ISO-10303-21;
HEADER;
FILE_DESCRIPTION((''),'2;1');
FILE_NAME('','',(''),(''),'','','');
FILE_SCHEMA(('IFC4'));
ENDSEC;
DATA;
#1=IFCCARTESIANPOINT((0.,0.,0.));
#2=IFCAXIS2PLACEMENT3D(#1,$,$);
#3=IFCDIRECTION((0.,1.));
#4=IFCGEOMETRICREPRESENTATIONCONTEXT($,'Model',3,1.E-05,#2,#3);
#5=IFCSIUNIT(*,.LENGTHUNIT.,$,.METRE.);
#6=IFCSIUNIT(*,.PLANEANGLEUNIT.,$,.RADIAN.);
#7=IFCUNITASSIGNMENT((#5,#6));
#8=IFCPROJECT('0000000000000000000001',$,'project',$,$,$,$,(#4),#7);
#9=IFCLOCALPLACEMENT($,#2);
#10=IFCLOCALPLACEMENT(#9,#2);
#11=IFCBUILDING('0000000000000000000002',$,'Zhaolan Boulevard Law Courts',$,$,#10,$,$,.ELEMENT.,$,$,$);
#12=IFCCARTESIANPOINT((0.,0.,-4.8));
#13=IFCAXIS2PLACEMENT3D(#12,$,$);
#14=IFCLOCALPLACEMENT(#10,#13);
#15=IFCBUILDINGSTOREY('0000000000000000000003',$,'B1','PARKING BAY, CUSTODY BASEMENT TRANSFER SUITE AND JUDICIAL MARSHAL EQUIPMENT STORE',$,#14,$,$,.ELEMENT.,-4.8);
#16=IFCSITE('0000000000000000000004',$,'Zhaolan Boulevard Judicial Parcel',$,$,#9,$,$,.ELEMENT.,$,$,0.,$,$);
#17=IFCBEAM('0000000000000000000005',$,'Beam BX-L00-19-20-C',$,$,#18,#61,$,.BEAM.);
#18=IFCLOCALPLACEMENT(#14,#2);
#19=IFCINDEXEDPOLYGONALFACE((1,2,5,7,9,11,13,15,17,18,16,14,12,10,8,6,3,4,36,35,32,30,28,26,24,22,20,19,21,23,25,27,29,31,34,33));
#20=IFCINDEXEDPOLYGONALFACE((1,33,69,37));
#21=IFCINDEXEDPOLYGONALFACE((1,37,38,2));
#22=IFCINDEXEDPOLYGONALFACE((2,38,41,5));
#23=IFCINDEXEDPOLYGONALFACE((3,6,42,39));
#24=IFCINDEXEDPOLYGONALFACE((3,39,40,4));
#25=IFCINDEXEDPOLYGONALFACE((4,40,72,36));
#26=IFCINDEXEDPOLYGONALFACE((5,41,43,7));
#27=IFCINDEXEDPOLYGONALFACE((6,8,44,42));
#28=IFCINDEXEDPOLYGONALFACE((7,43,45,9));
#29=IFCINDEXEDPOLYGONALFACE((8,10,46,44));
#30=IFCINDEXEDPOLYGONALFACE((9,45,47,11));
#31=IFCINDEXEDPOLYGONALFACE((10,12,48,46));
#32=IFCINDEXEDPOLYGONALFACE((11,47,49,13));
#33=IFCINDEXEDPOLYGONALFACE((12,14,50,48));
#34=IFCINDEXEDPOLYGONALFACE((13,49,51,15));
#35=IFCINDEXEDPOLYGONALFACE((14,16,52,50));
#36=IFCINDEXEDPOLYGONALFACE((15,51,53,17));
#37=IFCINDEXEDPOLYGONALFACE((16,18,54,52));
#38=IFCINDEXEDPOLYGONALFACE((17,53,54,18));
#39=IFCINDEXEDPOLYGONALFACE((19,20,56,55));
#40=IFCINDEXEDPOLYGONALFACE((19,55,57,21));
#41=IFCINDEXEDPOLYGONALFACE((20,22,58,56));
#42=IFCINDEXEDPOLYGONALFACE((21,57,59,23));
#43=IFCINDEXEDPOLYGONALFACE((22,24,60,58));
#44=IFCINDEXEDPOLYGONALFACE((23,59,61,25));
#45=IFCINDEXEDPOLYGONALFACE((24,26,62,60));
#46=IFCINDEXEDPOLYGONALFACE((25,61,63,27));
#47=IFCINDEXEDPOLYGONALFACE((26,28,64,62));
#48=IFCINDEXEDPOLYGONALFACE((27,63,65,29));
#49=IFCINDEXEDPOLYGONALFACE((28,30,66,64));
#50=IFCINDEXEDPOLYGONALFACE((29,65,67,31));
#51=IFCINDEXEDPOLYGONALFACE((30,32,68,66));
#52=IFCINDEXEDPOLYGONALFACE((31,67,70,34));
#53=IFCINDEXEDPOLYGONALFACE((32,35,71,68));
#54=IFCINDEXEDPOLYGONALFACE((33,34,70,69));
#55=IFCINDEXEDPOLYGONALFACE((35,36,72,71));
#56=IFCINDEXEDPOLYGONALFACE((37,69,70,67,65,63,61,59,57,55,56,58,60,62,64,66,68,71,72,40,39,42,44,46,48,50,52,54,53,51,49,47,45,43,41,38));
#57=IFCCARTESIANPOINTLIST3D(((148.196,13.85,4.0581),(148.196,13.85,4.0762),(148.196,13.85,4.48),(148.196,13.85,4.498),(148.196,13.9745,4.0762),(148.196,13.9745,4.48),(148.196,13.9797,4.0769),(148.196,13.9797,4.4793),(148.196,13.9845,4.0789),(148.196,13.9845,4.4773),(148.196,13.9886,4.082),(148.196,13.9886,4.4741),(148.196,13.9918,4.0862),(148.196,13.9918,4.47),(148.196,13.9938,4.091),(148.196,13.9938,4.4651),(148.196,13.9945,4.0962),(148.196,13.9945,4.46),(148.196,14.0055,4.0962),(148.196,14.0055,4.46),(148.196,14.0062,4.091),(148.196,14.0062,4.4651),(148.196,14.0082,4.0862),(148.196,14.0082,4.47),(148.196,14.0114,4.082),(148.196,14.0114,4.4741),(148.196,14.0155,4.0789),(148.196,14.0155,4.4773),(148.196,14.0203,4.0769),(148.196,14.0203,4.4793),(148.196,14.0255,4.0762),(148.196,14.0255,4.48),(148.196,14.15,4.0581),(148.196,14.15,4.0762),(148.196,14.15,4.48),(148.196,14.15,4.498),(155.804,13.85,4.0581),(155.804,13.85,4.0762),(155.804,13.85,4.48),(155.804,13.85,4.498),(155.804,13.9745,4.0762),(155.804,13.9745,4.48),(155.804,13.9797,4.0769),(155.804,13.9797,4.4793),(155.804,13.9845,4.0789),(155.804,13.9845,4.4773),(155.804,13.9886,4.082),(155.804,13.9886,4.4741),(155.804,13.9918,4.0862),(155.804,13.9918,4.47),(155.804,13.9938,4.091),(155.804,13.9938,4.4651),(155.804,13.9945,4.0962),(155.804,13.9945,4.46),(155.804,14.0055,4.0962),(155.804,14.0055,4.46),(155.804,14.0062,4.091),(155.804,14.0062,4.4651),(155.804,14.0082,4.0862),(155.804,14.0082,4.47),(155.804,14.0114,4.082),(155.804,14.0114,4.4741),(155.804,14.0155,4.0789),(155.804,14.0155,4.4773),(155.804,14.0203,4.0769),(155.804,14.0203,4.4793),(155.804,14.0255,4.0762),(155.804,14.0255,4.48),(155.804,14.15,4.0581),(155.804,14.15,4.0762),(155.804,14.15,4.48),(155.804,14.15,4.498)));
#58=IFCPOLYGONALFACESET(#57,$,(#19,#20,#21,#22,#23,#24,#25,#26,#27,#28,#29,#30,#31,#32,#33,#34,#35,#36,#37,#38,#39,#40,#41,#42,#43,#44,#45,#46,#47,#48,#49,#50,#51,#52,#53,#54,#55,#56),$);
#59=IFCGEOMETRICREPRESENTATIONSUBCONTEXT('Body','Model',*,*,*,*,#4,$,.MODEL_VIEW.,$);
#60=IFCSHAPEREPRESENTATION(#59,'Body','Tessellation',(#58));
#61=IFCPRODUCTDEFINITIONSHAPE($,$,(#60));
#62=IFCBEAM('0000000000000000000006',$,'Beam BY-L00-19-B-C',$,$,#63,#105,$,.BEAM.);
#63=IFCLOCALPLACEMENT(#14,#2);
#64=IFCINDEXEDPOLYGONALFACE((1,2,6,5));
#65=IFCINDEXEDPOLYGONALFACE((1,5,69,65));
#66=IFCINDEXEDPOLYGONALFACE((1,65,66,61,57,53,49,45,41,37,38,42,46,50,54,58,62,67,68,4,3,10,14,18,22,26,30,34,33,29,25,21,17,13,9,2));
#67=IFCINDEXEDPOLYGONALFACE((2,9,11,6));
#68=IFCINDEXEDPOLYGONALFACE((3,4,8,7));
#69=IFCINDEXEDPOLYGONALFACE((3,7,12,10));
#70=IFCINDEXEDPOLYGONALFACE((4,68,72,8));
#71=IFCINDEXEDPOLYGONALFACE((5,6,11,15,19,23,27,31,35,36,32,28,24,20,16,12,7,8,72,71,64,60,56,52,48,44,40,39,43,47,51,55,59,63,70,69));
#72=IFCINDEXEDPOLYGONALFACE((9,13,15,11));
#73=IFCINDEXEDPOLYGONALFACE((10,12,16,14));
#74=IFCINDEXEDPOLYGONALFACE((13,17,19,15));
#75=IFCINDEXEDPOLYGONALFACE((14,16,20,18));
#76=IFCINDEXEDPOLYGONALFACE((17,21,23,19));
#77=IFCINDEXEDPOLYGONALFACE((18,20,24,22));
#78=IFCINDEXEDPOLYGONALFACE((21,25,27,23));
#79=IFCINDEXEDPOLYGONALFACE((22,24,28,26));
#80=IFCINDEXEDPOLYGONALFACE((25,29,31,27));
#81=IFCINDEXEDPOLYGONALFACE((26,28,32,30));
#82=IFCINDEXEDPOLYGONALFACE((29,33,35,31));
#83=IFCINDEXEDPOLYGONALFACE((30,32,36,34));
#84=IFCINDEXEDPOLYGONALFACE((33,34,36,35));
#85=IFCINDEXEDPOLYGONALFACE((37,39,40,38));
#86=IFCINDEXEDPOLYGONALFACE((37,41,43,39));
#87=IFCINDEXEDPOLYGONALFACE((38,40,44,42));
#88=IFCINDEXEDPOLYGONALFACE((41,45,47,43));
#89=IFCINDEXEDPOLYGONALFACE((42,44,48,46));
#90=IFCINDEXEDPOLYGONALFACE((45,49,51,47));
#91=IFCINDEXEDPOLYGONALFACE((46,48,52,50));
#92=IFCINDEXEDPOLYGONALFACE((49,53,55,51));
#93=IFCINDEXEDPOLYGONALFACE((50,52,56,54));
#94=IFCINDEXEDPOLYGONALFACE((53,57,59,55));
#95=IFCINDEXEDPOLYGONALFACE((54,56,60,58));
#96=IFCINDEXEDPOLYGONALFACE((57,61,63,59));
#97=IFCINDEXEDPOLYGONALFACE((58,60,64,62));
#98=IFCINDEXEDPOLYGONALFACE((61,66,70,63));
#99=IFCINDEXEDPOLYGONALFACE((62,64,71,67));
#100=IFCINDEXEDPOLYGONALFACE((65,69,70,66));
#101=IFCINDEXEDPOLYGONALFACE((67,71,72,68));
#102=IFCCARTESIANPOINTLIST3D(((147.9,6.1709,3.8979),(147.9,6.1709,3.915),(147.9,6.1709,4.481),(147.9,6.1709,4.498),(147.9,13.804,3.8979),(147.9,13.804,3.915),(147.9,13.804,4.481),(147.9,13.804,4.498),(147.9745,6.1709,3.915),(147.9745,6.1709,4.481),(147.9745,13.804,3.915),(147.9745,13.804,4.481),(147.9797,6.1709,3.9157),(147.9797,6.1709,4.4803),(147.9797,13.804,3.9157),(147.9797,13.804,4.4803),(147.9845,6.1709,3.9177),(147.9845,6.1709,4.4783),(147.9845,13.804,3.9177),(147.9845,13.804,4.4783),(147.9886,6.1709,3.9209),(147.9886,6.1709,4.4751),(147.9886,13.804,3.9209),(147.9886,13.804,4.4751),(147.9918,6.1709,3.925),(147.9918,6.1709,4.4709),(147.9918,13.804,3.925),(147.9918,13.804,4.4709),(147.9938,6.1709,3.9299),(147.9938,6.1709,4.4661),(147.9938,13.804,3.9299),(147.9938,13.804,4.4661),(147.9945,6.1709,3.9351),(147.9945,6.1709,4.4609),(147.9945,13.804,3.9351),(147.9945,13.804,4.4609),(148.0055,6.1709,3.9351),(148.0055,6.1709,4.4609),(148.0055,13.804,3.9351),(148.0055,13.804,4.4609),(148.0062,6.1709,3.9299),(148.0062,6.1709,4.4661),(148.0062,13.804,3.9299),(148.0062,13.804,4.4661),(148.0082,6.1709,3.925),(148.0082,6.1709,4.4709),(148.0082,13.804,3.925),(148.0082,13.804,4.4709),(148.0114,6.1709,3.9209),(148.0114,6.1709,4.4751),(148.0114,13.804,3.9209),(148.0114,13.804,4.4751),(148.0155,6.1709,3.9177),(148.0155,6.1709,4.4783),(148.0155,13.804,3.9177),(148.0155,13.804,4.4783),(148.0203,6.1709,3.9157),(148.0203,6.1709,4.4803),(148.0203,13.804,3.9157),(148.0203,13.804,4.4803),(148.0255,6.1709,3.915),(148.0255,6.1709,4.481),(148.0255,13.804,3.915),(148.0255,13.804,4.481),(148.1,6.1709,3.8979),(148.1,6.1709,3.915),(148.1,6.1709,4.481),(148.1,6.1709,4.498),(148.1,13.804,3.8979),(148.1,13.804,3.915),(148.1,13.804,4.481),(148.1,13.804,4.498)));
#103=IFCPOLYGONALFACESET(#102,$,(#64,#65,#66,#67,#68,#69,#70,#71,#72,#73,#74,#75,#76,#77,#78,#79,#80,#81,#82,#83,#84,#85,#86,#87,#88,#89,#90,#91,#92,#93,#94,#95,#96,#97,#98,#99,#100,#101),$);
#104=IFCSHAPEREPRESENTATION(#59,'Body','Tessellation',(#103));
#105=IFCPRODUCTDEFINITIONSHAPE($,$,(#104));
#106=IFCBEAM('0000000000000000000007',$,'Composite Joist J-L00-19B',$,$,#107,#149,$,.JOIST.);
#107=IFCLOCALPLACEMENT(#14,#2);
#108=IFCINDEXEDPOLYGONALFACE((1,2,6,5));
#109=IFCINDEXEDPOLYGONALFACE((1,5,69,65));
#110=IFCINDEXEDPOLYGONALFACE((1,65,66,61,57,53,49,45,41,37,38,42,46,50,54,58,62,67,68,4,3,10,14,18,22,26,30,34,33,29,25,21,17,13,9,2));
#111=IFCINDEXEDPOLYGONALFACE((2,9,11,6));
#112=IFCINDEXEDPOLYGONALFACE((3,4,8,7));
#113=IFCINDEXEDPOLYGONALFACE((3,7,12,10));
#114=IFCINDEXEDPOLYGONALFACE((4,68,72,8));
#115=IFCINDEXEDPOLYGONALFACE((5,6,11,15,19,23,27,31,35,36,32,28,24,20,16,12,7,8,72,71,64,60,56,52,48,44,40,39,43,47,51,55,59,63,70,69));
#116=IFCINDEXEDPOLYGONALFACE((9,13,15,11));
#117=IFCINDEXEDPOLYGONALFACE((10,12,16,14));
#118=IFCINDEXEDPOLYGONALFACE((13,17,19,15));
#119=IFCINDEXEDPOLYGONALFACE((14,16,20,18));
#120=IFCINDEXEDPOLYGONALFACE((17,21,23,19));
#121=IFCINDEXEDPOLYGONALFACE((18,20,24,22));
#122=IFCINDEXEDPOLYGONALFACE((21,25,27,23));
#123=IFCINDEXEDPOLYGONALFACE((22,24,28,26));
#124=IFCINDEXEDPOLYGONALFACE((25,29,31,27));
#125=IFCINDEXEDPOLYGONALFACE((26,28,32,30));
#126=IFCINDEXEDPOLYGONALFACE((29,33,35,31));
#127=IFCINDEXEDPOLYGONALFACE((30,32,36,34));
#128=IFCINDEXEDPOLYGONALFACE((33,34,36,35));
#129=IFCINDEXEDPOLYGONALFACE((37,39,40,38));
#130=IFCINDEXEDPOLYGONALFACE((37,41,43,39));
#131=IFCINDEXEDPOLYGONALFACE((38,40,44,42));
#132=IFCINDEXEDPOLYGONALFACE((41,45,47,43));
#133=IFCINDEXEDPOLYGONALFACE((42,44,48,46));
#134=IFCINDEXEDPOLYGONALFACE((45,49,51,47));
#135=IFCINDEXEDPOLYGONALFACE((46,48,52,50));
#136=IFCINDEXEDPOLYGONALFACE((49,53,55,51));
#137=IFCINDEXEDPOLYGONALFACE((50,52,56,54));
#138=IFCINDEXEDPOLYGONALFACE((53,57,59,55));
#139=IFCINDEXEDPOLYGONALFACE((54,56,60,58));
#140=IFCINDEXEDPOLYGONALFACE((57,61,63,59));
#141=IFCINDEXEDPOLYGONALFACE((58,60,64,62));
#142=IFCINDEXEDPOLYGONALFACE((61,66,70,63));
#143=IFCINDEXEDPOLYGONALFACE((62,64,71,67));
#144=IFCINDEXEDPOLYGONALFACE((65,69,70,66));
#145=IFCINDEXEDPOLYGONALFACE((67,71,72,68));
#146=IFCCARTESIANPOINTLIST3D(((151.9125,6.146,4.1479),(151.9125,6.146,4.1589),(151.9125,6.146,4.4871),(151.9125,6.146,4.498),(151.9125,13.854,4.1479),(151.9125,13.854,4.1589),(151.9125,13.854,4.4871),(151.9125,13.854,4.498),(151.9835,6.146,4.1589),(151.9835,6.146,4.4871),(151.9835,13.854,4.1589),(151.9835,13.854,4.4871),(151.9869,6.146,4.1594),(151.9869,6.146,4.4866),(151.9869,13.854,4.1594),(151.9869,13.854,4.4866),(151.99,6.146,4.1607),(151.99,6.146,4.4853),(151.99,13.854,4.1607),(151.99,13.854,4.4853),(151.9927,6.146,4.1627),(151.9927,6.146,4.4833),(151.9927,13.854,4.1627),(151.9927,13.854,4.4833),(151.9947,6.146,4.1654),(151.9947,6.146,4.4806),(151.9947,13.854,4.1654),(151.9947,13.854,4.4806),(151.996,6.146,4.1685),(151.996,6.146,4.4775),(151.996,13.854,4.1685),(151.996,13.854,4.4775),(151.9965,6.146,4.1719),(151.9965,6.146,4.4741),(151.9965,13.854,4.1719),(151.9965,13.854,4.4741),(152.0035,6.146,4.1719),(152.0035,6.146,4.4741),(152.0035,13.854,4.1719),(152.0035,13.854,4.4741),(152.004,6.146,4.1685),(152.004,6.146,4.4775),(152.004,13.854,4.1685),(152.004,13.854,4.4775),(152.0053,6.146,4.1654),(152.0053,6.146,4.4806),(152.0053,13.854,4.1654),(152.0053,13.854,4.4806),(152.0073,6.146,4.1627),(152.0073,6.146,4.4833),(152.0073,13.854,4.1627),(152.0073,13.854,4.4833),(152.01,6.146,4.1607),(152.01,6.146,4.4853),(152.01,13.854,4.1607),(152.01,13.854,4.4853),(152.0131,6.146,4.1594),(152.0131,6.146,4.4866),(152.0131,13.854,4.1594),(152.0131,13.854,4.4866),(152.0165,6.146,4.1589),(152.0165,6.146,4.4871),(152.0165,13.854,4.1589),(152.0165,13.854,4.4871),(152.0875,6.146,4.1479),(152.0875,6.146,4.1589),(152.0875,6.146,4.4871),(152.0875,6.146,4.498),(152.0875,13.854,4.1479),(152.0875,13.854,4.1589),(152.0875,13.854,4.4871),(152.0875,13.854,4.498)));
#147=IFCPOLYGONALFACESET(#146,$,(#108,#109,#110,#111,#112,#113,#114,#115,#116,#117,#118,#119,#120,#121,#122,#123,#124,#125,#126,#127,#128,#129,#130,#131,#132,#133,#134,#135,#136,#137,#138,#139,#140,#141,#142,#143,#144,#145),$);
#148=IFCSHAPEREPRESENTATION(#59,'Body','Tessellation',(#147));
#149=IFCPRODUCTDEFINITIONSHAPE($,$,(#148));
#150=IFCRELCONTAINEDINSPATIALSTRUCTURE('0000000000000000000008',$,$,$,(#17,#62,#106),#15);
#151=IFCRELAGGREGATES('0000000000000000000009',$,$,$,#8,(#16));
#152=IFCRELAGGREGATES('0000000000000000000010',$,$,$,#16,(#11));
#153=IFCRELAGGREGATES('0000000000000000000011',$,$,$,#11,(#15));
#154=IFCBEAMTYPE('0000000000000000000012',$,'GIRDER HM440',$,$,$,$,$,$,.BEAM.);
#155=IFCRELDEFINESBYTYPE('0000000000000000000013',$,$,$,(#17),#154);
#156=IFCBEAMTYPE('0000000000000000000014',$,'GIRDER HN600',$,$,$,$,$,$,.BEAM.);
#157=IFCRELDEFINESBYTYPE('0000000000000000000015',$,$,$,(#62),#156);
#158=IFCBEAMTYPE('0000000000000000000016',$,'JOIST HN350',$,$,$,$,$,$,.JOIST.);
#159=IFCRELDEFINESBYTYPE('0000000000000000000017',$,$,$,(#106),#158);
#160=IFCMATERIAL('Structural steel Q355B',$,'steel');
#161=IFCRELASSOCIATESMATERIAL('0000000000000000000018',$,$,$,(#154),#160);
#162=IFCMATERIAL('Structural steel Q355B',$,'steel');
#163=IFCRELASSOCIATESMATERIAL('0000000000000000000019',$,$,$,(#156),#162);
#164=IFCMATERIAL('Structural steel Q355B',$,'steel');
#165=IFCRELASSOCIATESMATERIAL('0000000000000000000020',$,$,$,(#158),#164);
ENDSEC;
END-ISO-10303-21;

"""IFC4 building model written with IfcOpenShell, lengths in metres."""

from ifc_helpers import new_model, si_unit, direction, frame, origin, origin_2d, place, context, subcontext, project, spatial, i_section, extrude, material, material_profile, profile_set, type_object, element, save


model = new_model("IFC4")

# Units and contexts
model_context = context("Model", 3, precision=1e-05, world=origin(), true_north=direction((0.0, 1.0)))
body_context = subcontext(model_context, "Body", "Model", "MODEL_VIEW")
ifc_project = project(units=[si_unit("LENGTHUNIT", "METRE"), si_unit("PLANEANGLEUNIT", "RADIAN")], contexts=[model_context])

# Site, building, storey
site_placement = place(None, origin())
site = spatial("IfcSite", under=ifc_project, at=site_placement, Name="Zhaolan Boulevard Judicial Parcel", CompositionType="ELEMENT", RefElevation=0.0)
building_placement = place(site_placement, origin())
building = spatial("IfcBuilding", under=site, at=building_placement, Name="Zhaolan Boulevard Law Courts", CompositionType="ELEMENT")
storey_placement = place(building_placement, frame((0.0, 0.0, -4.8)))
storey = spatial("IfcBuildingStorey", under=building, at=storey_placement, Name="B1", Description="PARKING BAY, CUSTODY BASEMENT TRANSFER SUITE AND JUDICIAL MARSHAL EQUIPMENT STORE", CompositionType="ELEMENT", Elevation=-4.8)

# Beams
ifc_material_1 = material(Name="Structural steel Q355B", Category="steel")
ifc_material_profile_1 = material_profile(ifc_material_1, i_section(OverallWidth=0.3, OverallDepth=0.4399, WebThickness=0.011, FlangeThickness=0.0181, FilletRadius=0.02, at=origin_2d()), Name="HM440x300")
ifc_profile_set_1 = profile_set([ifc_material_profile_1], Name="Structural steel Q355B")
beam_type_1 = type_object("IfcBeamType", Name="GIRDER HM440", PredefinedType="BEAM", material=ifc_profile_set_1)
beam_1_placement = place(storey_placement, frame((148.196, 14.0, 4.2781), z_axis=(1.0, 0.0, 0.0), x_axis=(0.0, 1.0, 0.0)))
element("IfcBeam", 1, at=beam_1_placement, inside=storey, type_object=beam_type_1, Name="Beam BX-L00-19-20-C", PredefinedType="BEAM", context=body_context, shape_type="SweptSolid", body=[
    extrude(i_section(OverallWidth=0.3, OverallDepth=0.4399, WebThickness=0.011, FlangeThickness=0.0181, FilletRadius=0.02, at=origin_2d()), origin(), (0.0, 0.0, 1.0), 7.6079),
])
ifc_material_2 = material(Name="Structural steel Q355B", Category="steel")
ifc_material_profile_2 = material_profile(ifc_material_2, i_section(OverallWidth=0.2, OverallDepth=0.6001, WebThickness=0.011, FlangeThickness=0.0171, FilletRadius=0.02, at=origin_2d()), Name="HN600x200")
ifc_profile_set_2 = profile_set([ifc_material_profile_2], Name="Structural steel Q355B")
beam_type_2 = type_object("IfcBeamType", Name="GIRDER HN600", PredefinedType="BEAM", material=ifc_profile_set_2)
beam_2_placement = place(storey_placement, frame((148.0, 6.1709, 4.198), z_axis=(0.0, 1.0, 0.0), x_axis=(-1.0, 0.0, 0.0)))
element("IfcBeam", 2, at=beam_2_placement, inside=storey, type_object=beam_type_2, Name="Beam BY-L00-19-B-C", PredefinedType="BEAM", context=body_context, shape_type="SweptSolid", body=[
    extrude(i_section(OverallWidth=0.2, OverallDepth=0.6001, WebThickness=0.011, FlangeThickness=0.0171, FilletRadius=0.02, at=origin_2d()), origin(), (0.0, 0.0, 1.0), 7.6331),
])
ifc_material_3 = material(Name="Structural steel Q355B", Category="steel")
ifc_material_profile_3 = material_profile(ifc_material_3, i_section(OverallWidth=0.175, OverallDepth=0.3501, WebThickness=0.0071, FlangeThickness=0.011, FilletRadius=0.0129, at=origin_2d()), Name="HN350x175")
ifc_profile_set_3 = profile_set([ifc_material_profile_3], Name="Structural steel Q355B")
beam_type_3 = type_object("IfcBeamType", Name="JOIST HN350", PredefinedType="JOIST", material=ifc_profile_set_3)
beam_3_placement = place(storey_placement, frame((152.0, 6.146, 4.323), z_axis=(0.0, 1.0, 0.0), x_axis=(-1.0, 0.0, 0.0)))
element("IfcBeam", 3, at=beam_3_placement, inside=storey, type_object=beam_type_3, Name="Composite Joist J-L00-19B", PredefinedType="JOIST", context=body_context, shape_type="SweptSolid", body=[
    extrude(i_section(OverallWidth=0.175, OverallDepth=0.3501, WebThickness=0.0071, FlangeThickness=0.011, FilletRadius=0.0129, at=origin_2d()), origin(), (0.0, 0.0, 1.0), 7.708),
])

save(model, "model.ifc")
